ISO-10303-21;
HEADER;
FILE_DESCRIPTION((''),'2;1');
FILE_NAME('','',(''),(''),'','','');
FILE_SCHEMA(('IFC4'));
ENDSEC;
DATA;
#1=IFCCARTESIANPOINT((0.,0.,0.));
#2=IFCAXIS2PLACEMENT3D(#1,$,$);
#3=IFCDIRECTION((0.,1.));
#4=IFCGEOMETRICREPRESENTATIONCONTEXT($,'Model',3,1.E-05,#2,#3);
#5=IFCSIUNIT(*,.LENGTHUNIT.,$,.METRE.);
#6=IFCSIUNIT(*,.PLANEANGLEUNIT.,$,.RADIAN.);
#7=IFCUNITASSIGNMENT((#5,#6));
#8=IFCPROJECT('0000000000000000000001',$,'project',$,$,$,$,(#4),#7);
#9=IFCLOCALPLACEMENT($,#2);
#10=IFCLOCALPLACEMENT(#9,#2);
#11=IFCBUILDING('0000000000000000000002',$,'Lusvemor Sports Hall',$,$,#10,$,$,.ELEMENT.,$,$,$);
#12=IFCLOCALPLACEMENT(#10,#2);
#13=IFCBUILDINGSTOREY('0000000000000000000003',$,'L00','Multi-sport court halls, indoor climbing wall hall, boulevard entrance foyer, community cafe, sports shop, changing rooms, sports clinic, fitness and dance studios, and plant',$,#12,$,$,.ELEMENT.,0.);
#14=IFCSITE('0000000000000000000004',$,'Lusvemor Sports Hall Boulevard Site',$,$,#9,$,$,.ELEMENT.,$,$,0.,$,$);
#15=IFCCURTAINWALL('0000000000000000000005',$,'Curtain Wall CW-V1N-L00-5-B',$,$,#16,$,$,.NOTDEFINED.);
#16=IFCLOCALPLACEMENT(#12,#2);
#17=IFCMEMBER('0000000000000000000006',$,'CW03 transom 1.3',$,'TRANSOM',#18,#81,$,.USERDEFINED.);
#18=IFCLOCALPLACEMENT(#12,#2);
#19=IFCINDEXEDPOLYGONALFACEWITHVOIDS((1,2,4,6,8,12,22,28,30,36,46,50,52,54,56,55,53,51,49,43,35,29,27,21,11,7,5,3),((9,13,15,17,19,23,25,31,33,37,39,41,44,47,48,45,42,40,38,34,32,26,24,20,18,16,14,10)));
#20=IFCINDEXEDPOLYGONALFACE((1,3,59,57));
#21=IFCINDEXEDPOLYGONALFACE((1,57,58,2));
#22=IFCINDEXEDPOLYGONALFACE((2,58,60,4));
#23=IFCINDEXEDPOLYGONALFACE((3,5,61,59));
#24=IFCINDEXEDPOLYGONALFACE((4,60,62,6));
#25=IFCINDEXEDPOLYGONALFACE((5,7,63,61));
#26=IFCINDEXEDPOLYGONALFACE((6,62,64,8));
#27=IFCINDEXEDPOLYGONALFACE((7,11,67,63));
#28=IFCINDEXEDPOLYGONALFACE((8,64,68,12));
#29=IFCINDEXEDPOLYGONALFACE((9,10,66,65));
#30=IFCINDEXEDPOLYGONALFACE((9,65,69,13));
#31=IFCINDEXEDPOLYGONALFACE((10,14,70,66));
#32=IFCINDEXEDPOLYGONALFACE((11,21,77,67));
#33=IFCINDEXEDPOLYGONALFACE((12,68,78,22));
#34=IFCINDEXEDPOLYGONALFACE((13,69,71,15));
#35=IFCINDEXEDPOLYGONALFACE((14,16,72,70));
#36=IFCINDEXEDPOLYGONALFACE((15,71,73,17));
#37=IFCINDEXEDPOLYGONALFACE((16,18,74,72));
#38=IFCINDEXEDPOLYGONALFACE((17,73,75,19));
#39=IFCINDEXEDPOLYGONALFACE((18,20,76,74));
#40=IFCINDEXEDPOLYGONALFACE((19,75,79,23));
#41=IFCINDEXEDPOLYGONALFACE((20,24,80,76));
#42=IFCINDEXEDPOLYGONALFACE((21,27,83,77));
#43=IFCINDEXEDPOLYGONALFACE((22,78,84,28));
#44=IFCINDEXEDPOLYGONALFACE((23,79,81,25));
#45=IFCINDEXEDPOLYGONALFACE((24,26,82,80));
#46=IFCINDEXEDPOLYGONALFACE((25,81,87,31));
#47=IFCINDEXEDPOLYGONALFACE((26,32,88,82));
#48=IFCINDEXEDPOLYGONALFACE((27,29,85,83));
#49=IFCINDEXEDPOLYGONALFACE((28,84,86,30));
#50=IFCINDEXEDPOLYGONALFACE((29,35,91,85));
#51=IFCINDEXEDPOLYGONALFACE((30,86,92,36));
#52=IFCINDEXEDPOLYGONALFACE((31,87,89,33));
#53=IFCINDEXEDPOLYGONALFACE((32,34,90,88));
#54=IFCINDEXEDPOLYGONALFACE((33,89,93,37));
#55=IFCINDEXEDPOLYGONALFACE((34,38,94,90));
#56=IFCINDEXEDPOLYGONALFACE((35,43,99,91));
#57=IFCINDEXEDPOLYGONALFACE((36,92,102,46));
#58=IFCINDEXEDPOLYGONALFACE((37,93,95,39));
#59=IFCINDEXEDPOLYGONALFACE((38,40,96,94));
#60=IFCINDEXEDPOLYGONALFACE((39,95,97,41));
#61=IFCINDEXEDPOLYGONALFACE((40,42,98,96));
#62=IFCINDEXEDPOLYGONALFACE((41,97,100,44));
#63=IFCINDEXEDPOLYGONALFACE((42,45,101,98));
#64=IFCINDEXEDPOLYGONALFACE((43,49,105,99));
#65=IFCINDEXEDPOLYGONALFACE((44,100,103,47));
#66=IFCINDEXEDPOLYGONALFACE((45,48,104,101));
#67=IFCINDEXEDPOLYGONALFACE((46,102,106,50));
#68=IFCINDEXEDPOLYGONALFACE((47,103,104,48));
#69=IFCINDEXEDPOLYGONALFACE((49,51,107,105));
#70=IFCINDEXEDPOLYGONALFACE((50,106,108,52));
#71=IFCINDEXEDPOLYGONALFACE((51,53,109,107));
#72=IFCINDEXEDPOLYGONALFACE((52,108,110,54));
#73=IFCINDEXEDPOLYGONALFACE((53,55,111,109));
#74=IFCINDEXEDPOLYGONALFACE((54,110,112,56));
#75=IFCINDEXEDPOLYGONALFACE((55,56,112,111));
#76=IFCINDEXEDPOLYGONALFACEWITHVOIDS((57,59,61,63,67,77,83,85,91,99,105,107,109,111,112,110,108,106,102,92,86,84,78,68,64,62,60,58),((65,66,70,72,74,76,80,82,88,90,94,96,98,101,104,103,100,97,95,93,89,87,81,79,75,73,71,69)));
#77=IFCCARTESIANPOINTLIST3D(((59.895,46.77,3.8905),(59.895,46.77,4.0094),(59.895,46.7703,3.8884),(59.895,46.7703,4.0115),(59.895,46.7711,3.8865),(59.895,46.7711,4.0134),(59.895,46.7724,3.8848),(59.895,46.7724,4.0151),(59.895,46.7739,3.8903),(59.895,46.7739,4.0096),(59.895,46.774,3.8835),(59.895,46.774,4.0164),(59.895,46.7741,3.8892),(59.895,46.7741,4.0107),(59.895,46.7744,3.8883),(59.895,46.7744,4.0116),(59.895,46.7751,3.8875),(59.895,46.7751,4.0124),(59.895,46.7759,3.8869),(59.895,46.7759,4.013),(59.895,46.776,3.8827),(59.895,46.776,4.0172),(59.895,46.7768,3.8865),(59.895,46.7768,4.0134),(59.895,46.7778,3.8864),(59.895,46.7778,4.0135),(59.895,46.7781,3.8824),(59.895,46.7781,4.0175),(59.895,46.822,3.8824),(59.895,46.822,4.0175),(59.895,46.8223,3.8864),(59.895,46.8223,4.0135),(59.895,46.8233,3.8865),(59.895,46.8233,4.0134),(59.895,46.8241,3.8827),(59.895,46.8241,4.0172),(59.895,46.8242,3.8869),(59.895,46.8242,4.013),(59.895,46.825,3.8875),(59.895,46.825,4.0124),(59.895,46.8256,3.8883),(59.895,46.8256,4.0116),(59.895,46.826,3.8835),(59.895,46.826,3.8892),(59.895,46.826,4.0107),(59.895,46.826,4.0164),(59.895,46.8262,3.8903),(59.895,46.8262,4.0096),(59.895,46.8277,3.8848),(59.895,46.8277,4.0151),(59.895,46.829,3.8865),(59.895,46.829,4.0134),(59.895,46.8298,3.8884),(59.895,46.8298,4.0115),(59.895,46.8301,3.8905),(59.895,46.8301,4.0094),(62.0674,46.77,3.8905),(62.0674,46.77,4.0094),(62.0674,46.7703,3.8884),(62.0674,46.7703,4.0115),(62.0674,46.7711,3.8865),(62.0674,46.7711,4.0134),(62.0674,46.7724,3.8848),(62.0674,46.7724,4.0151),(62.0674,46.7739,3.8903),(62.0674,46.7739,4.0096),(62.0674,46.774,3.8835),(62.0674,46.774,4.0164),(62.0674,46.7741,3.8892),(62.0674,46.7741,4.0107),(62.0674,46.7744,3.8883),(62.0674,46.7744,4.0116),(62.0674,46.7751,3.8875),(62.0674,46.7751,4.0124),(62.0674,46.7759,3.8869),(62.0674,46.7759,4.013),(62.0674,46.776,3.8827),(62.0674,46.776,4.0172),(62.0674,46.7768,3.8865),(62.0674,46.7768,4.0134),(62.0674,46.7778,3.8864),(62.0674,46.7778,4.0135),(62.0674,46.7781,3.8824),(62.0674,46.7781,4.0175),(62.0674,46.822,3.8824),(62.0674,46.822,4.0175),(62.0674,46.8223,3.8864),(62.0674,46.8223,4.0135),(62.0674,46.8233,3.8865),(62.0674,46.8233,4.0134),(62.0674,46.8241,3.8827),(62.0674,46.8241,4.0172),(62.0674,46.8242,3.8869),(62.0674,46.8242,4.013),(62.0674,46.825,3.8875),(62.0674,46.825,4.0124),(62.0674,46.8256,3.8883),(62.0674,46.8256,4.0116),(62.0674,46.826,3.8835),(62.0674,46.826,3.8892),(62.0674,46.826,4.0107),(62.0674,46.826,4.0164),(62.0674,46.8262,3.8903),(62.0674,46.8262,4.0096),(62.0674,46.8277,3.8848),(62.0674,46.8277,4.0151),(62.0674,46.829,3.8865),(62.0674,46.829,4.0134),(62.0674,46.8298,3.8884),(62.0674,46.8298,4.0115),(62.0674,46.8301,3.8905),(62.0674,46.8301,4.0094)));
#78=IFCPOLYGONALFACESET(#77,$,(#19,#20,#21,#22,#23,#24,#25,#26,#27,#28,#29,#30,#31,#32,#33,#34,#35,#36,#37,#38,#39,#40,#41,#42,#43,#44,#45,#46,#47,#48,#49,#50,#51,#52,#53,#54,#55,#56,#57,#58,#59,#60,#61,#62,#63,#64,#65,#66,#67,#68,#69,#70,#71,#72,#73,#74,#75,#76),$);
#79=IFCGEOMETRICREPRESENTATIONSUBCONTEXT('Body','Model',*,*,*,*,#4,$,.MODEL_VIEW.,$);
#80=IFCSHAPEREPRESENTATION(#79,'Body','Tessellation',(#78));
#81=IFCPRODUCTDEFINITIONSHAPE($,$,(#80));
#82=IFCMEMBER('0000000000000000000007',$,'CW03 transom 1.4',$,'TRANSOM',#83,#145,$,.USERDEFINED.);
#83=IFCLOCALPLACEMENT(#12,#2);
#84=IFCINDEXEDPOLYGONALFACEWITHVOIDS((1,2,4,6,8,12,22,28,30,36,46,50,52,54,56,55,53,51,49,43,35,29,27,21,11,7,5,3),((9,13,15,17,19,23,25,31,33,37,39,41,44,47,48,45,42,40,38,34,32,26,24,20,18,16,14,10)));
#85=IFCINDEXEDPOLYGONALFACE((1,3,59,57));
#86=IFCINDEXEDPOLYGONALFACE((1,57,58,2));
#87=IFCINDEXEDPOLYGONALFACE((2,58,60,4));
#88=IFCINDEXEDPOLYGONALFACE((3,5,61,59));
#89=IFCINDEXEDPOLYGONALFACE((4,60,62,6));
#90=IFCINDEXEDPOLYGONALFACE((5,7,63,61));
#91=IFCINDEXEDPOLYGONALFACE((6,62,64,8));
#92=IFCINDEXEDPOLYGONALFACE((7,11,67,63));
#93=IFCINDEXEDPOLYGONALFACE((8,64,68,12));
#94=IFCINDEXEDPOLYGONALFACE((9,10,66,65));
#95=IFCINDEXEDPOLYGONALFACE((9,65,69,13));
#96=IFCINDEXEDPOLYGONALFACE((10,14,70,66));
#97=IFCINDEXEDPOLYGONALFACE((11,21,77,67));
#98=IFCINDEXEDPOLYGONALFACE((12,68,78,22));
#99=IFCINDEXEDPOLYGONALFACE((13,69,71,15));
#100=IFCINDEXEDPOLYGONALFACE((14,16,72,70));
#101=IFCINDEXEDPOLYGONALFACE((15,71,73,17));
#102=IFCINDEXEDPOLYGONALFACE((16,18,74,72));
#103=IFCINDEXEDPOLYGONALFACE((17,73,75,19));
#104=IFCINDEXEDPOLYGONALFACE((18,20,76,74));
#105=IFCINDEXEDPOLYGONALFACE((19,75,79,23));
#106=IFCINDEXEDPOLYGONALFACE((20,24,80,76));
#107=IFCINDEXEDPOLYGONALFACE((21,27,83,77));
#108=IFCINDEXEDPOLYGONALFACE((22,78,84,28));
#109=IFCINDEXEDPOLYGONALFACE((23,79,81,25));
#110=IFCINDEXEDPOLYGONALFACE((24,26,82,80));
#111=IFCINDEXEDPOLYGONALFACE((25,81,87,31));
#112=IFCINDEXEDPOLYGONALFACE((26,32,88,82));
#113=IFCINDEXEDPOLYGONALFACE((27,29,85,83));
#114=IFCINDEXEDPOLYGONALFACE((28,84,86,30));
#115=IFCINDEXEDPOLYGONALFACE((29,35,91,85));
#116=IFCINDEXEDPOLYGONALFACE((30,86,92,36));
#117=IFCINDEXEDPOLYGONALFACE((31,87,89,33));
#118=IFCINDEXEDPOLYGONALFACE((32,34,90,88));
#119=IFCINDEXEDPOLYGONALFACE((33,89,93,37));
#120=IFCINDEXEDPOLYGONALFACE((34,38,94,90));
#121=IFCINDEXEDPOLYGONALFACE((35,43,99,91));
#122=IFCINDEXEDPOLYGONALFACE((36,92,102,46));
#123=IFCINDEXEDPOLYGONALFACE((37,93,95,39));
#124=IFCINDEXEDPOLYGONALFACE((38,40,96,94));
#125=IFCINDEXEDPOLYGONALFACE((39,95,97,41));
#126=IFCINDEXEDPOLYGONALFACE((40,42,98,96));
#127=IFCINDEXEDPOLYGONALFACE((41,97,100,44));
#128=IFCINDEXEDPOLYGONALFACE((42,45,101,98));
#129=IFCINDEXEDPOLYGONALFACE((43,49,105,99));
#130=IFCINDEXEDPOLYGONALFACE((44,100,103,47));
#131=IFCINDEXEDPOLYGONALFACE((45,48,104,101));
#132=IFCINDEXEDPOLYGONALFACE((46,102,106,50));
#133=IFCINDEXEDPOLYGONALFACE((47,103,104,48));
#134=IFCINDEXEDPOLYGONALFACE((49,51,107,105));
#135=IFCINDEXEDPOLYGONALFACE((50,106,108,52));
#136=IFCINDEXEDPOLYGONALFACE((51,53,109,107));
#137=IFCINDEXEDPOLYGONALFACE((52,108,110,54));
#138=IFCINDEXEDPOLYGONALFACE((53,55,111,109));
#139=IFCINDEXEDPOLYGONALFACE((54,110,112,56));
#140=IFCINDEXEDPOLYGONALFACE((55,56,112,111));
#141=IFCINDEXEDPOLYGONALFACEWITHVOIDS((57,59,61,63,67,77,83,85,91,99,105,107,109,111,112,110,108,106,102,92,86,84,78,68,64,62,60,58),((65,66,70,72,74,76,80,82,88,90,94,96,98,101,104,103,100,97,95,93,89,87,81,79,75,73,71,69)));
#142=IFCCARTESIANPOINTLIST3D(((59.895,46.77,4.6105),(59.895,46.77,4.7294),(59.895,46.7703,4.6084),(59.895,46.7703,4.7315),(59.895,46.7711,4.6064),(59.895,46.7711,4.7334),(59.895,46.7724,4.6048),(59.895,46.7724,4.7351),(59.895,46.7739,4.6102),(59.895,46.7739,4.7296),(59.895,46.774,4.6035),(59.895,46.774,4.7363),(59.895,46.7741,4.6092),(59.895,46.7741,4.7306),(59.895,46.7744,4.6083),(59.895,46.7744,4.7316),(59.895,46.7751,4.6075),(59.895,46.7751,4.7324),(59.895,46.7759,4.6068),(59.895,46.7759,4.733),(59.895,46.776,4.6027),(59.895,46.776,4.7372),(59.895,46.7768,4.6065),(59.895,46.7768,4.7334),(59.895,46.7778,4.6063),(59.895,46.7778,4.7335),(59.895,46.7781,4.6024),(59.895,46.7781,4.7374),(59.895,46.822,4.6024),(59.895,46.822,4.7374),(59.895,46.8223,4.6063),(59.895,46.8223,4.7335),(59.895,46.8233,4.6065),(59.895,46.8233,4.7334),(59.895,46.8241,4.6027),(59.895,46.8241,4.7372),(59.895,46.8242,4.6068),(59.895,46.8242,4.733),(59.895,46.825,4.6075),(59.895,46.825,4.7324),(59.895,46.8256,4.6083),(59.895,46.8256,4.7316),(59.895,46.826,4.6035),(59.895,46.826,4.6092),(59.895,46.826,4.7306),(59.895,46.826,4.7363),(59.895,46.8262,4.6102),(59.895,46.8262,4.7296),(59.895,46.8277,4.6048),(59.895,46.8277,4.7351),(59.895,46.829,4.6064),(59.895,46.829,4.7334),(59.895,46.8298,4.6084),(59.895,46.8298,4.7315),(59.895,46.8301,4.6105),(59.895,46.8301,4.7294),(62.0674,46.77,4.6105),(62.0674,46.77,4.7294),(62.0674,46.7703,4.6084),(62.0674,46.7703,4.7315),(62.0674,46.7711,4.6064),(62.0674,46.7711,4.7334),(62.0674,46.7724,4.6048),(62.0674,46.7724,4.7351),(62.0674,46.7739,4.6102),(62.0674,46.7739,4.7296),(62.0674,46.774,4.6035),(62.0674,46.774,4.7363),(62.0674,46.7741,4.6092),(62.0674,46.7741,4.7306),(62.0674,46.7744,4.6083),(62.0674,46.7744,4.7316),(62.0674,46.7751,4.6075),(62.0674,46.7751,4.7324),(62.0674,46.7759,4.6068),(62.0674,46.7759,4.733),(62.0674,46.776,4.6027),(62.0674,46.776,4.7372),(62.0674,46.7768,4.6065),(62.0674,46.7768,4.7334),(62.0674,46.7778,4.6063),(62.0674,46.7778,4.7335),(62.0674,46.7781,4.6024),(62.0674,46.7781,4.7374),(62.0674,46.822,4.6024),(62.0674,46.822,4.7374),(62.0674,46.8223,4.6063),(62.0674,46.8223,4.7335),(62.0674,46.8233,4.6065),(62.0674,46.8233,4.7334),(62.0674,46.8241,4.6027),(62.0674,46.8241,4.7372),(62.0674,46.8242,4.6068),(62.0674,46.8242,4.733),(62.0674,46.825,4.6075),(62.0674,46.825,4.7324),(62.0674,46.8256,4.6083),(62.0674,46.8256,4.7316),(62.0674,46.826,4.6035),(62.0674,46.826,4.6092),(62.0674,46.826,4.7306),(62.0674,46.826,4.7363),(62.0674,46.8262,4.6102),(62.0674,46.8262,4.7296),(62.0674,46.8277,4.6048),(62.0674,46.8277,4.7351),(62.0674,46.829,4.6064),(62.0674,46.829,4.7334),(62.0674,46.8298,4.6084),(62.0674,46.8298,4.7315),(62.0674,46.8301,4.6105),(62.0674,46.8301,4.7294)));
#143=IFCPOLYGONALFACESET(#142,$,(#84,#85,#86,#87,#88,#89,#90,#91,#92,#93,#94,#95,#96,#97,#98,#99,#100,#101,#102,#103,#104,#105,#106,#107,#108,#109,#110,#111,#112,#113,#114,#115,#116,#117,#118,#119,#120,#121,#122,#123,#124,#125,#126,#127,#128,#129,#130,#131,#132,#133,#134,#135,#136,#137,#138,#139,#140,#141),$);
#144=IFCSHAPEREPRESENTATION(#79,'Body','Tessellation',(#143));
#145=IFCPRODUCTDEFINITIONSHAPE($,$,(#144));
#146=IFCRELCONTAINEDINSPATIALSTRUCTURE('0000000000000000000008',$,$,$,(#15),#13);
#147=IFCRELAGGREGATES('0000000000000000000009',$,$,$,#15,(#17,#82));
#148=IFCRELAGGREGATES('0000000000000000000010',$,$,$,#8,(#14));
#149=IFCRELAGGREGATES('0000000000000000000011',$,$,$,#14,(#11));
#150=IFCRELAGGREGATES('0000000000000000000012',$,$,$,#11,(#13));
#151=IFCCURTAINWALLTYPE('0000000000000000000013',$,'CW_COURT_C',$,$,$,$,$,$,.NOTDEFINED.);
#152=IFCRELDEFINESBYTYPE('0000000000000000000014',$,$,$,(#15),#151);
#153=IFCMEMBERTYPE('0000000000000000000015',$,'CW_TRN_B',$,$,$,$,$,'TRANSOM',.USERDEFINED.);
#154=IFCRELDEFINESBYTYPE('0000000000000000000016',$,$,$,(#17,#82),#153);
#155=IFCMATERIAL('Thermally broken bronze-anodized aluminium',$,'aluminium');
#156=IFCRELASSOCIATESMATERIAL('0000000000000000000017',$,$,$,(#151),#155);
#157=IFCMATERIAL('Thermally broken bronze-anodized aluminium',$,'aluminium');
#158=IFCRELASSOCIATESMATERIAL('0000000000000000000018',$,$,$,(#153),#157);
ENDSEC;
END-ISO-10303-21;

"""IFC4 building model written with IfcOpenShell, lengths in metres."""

from ifc_helpers import new_model, si_unit, direction, frame, origin, origin_2d, place, context, subcontext, project, spatial, hollow_rectangle, extrude, material, material_profile, profile_set, type_object, element, aggregate, save


model = new_model("IFC4")

# Units and contexts
model_context = context("Model", 3, precision=1e-05, world=origin(), true_north=direction((0.0, 1.0)))
body_context = subcontext(model_context, "Body", "Model", "MODEL_VIEW")
ifc_project = project(units=[si_unit("LENGTHUNIT", "METRE"), si_unit("PLANEANGLEUNIT", "RADIAN")], contexts=[model_context])

# Site, building, storey
site_placement = place(None, origin())
site = spatial("IfcSite", under=ifc_project, at=site_placement, Name="Lusvemor Sports Hall Boulevard Site", CompositionType="ELEMENT", RefElevation=0.0)
building_placement = place(site_placement, origin())
building = spatial("IfcBuilding", under=site, at=building_placement, Name="Lusvemor Sports Hall", CompositionType="ELEMENT")
storey_placement = place(building_placement, origin())
storey = spatial("IfcBuildingStorey", under=building, at=storey_placement, Name="L00", Description="Multi-sport court halls, indoor climbing wall hall, boulevard entrance foyer, community cafe, sports shop, changing rooms, sports clinic, fitness and dance studios, and plant", CompositionType="ELEMENT", Elevation=0.0)

# Shared definitions
ifc_material_1 = material(Name="Thermally broken bronze-anodized aluminium", Category="aluminium")
curtain_wall_type = type_object("IfcCurtainWallType", Name="CW_COURT_C", PredefinedType="NOTDEFINED", material=ifc_material_1)

# Curtain wall, members
curtain_wall_1_placement = place(storey_placement, origin())
curtain_wall_1 = element("IfcCurtainWall", 1, at=curtain_wall_1_placement, inside=storey, type_object=curtain_wall_type, Name="Curtain Wall CW-V1N-L00-5-B", PredefinedType="NOTDEFINED")
ifc_material_2 = material(Name="Thermally broken bronze-anodized aluminium", Category="aluminium")
ifc_material_profile_1 = material_profile(ifc_material_2, hollow_rectangle(XDim=0.0601, YDim=0.135, WallThickness=0.0039, InnerFilletRadius=0.0039, OuterFilletRadius=0.0081, at=origin_2d()), Name="CWTRN135x60x4")
ifc_profile_set_1 = profile_set([ifc_material_profile_1], Name="Thermally broken bronze-anodized aluminium")
member_type_1 = type_object("IfcMemberType", Name="CW_TRN_B", ElementType="TRANSOM", PredefinedType="USERDEFINED", material=ifc_profile_set_1)
member_1_placement = place(storey_placement, frame((59.895, 46.8, 3.95), z_axis=(1.0, 0.0, 0.0), x_axis=(0.0, 1.0, 0.0)))
member_1 = element("IfcMember", 2, at=member_1_placement, type_object=member_type_1, Name="CW03 transom 1.3", ObjectType="TRANSOM", PredefinedType="USERDEFINED", context=body_context, shape_type="SweptSolid", body=[
    extrude(hollow_rectangle(XDim=0.0601, YDim=0.135, WallThickness=0.0039, InnerFilletRadius=0.0039, OuterFilletRadius=0.0081, at=origin_2d()), origin(), (0.0, 0.0, 1.0), 2.1724),
])
member_2_placement = place(storey_placement, frame((59.895, 46.8, 4.6699), z_axis=(1.0, 0.0, 0.0), x_axis=(0.0, 1.0, 0.0)))
member_2 = element("IfcMember", 3, at=member_2_placement, type_object=member_type_1, Name="CW03 transom 1.4", ObjectType="TRANSOM", PredefinedType="USERDEFINED", context=body_context, shape_type="SweptSolid", body=[
    extrude(hollow_rectangle(XDim=0.0601, YDim=0.135, WallThickness=0.0039, InnerFilletRadius=0.0039, OuterFilletRadius=0.0081, at=origin_2d()), origin(), (0.0, 0.0, 1.0), 2.1724),
])

aggregate(curtain_wall_1, [member_1, member_2])

save(model, "model.ifc")
